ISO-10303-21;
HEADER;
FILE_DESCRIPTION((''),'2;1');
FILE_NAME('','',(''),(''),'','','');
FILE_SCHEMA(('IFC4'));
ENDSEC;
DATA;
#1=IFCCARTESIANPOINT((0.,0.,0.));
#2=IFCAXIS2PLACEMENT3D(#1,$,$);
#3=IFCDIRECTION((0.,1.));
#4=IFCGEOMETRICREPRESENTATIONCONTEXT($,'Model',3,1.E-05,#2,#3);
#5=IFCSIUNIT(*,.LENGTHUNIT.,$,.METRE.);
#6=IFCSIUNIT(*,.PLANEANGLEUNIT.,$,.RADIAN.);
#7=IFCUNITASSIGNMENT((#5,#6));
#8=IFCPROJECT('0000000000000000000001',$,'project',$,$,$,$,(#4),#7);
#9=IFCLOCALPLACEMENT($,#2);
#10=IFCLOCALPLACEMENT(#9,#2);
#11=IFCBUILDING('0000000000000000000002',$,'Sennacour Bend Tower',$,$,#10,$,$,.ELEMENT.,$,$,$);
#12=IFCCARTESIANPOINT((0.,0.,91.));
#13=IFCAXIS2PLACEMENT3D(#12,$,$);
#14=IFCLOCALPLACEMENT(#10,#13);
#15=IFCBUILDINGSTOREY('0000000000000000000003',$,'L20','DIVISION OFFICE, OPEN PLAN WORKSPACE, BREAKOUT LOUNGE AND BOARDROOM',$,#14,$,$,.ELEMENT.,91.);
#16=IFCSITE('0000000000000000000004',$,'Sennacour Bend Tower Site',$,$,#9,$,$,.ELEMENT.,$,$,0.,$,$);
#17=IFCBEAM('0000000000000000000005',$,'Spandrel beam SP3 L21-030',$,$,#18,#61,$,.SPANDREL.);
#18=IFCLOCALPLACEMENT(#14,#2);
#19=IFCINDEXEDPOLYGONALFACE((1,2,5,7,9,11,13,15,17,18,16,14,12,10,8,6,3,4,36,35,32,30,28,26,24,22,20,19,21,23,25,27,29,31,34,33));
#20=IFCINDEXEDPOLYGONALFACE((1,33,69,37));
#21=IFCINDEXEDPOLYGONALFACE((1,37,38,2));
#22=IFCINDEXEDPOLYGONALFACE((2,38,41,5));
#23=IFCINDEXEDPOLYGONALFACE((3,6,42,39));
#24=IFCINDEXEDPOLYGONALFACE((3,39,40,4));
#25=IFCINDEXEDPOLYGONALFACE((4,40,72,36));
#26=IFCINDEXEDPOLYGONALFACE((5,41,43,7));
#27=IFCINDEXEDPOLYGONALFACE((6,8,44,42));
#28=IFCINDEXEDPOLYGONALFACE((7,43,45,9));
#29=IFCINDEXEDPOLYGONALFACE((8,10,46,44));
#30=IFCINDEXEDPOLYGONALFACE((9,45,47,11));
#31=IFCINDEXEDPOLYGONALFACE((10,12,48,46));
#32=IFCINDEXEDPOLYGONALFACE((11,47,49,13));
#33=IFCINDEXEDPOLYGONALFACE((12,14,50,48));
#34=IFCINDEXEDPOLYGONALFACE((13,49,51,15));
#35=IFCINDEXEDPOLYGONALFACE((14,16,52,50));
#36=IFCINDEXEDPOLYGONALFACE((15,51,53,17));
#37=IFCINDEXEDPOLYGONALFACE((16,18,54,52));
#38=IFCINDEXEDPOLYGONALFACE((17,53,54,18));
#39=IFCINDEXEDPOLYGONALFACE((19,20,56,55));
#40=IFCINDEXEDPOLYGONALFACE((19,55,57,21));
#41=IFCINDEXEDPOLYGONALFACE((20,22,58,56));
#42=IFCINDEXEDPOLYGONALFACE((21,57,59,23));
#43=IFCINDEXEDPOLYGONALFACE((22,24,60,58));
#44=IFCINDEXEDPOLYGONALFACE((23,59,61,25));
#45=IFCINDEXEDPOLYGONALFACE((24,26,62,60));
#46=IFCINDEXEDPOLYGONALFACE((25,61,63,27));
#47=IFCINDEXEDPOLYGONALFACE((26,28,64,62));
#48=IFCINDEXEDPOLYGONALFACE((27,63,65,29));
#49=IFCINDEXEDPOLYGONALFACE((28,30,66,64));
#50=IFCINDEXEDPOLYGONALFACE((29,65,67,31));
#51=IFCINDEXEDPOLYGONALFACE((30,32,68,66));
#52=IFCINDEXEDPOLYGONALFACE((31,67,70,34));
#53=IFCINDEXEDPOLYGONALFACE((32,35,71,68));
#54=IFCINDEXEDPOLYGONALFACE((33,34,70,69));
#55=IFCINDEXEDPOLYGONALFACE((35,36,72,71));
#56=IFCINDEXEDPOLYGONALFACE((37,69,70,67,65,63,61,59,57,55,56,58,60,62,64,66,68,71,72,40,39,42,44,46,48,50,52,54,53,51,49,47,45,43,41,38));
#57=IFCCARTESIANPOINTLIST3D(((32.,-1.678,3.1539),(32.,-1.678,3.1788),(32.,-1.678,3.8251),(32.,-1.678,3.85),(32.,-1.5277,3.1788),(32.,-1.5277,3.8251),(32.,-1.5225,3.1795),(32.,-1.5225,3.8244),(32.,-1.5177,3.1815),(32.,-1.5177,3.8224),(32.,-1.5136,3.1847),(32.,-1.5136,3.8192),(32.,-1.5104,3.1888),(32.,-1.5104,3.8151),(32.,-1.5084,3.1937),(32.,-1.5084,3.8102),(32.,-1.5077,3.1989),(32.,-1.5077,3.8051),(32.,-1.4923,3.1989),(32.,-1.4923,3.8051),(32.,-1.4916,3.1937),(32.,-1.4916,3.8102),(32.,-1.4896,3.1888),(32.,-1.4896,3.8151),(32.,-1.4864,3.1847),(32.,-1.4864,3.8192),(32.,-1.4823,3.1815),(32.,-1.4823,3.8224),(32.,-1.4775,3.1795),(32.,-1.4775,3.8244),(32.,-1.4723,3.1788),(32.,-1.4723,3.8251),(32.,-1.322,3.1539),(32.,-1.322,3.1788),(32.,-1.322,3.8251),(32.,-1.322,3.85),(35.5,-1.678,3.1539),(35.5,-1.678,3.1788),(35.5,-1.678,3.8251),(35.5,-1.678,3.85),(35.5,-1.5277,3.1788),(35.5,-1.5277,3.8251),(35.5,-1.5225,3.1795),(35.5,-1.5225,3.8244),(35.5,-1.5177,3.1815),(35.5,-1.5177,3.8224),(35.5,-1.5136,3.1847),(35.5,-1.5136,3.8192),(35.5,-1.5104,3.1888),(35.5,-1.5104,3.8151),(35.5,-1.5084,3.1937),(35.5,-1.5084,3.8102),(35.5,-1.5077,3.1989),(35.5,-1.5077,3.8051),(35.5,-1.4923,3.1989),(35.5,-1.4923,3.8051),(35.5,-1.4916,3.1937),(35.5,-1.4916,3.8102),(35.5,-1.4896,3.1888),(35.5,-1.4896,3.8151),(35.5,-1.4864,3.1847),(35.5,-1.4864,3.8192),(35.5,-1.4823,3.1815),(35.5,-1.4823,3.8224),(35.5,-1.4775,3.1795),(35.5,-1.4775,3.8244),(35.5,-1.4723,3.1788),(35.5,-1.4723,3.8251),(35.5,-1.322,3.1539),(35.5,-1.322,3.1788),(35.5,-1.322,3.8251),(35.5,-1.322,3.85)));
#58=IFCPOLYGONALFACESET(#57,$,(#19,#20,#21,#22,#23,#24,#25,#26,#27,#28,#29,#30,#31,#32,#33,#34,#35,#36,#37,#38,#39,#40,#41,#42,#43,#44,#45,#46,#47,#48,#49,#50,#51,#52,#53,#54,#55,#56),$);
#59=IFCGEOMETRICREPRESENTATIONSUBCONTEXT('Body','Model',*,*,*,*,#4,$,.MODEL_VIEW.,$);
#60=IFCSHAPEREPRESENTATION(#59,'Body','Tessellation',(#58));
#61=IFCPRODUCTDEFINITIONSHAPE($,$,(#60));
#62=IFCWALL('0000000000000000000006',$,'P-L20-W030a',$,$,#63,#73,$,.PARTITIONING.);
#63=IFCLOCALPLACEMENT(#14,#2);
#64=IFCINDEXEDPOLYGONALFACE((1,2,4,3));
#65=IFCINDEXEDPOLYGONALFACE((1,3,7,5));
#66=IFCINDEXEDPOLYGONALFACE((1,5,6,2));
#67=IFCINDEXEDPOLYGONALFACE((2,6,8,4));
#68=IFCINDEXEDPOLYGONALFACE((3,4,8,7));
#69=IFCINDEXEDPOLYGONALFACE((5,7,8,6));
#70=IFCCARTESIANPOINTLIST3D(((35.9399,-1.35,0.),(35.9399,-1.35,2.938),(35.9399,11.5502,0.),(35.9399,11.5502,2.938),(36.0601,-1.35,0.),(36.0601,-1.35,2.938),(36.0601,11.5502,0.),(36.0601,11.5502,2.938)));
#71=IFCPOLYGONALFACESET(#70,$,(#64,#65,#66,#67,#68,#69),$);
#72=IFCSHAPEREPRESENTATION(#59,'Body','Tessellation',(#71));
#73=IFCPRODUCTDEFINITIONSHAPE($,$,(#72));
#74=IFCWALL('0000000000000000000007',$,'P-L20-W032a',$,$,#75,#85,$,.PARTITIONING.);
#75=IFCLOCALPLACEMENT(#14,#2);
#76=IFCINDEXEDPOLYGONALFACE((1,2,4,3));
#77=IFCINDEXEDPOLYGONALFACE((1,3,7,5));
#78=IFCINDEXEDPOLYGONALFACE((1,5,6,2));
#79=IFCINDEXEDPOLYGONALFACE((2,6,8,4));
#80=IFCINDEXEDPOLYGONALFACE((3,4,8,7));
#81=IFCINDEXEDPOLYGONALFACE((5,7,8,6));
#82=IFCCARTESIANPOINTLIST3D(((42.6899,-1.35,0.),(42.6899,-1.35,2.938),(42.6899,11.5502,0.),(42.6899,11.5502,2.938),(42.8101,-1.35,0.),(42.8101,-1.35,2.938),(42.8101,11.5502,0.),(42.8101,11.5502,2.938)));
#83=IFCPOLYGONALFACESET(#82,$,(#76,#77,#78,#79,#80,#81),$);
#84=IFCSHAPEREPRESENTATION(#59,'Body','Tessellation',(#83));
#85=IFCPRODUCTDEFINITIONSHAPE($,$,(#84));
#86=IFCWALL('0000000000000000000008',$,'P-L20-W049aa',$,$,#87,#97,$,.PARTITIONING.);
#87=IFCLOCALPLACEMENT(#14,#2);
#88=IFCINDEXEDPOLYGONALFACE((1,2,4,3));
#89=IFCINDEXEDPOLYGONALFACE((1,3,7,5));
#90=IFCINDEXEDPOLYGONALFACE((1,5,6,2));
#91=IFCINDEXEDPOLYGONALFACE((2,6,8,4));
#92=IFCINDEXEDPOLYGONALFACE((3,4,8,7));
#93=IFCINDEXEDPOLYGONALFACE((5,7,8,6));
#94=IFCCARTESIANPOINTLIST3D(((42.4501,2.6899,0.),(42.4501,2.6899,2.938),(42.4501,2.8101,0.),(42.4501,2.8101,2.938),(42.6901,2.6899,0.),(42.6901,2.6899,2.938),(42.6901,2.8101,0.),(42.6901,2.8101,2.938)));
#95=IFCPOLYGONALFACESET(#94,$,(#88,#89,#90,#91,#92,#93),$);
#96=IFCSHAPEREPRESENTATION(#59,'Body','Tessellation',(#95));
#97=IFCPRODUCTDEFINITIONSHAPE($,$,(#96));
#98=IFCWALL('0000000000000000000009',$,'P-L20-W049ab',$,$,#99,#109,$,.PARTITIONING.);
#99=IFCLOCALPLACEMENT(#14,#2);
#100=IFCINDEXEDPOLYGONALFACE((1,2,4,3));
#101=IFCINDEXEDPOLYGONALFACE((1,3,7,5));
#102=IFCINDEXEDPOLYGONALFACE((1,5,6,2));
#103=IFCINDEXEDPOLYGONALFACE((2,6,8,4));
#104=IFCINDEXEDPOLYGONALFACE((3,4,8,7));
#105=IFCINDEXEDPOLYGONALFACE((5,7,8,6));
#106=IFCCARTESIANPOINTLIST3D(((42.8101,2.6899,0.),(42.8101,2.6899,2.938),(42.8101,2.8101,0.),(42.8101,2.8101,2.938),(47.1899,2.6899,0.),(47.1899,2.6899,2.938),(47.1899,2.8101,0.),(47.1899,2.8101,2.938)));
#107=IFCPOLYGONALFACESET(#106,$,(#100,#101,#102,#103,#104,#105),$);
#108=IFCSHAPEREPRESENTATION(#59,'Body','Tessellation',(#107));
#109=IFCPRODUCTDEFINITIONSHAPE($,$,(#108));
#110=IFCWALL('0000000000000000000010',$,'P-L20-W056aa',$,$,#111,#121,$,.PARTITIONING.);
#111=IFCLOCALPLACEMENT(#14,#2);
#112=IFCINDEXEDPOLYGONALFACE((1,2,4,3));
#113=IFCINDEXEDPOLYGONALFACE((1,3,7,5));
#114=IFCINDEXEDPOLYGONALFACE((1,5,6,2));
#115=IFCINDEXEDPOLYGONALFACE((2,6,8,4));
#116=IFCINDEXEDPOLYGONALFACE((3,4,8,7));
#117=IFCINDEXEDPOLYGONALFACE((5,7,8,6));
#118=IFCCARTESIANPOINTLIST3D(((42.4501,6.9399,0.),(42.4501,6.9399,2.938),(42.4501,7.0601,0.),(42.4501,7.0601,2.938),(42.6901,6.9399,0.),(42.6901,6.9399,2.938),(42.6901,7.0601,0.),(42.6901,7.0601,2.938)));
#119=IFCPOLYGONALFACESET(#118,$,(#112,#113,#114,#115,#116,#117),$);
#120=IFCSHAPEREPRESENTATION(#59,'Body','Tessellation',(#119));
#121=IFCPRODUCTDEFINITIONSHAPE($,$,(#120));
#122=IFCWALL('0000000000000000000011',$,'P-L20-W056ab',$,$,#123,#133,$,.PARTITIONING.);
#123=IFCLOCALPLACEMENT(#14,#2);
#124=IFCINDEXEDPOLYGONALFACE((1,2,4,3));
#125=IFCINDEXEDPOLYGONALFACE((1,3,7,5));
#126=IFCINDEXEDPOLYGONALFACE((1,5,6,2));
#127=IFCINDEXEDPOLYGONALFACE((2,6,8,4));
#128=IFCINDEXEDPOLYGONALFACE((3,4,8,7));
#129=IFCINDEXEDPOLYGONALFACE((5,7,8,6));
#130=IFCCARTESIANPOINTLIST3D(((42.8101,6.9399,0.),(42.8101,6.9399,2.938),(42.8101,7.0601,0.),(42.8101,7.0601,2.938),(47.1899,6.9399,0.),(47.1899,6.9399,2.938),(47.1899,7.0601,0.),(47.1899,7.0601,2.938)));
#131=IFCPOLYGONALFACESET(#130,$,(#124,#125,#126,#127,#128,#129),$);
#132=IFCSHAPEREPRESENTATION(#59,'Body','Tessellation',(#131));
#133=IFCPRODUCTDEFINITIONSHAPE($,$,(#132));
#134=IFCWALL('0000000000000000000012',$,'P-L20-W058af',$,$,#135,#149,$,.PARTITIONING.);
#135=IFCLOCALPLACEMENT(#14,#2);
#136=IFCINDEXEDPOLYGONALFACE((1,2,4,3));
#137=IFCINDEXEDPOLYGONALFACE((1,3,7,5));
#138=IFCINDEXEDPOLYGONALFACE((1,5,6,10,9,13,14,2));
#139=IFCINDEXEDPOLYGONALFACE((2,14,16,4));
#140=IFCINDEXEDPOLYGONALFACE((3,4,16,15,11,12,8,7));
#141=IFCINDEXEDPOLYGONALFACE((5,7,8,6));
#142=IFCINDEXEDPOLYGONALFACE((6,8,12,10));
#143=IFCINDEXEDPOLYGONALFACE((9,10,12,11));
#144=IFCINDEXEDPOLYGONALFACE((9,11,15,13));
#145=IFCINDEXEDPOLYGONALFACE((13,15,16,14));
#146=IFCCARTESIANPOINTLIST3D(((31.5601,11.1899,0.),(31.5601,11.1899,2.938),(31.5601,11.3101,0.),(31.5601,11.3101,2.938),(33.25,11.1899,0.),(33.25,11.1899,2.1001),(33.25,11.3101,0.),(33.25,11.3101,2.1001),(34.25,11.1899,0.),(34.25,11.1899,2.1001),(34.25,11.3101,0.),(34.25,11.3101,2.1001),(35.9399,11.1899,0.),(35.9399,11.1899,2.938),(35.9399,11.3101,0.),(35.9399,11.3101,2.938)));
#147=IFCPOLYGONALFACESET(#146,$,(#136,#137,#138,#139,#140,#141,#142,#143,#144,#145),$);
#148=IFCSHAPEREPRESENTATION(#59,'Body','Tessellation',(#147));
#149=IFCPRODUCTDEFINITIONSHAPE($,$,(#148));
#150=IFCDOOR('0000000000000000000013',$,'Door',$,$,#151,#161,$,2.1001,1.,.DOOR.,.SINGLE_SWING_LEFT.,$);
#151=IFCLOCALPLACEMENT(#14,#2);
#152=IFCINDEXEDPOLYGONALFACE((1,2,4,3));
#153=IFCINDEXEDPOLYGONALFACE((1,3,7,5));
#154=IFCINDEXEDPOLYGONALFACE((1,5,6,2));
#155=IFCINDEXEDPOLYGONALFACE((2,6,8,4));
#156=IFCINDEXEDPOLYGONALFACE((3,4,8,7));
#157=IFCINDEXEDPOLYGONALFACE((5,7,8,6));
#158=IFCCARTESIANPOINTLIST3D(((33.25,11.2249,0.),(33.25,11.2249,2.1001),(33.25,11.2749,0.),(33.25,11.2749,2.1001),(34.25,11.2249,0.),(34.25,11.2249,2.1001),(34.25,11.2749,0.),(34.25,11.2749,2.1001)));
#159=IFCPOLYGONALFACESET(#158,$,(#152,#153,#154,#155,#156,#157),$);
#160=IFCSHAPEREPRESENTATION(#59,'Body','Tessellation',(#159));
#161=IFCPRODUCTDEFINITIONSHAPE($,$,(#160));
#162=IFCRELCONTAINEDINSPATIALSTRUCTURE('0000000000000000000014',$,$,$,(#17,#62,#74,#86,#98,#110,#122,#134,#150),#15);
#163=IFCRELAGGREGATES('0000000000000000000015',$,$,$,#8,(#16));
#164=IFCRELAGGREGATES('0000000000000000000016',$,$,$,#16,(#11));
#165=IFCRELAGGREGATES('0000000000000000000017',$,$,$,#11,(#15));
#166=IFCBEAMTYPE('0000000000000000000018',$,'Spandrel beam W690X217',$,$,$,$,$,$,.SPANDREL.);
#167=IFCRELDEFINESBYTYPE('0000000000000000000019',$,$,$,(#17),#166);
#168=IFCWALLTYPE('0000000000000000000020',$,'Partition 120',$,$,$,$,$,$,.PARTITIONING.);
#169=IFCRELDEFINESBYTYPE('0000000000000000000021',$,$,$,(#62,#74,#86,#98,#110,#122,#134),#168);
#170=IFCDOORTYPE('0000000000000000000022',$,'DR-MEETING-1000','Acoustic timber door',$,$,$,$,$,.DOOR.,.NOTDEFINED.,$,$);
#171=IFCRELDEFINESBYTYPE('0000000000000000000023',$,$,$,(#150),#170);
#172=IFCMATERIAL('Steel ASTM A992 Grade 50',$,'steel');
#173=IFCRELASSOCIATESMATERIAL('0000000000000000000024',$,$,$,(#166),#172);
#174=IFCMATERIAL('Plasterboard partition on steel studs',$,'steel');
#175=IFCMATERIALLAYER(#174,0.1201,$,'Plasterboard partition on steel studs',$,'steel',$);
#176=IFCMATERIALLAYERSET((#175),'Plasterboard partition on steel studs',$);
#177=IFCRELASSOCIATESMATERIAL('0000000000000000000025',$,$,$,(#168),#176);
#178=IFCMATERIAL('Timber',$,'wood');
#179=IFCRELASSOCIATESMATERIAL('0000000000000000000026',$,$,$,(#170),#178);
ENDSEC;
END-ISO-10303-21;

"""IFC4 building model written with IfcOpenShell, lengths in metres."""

from ifc_helpers import new_model, si_unit, direction, frame, frame_2d, origin, origin_2d, place, context, subcontext, project, spatial, rectangle, i_section, extrude, material, layer, layer_set, material_profile, profile_set, type_object, element, fill, save


model = new_model("IFC4")

# Units and contexts
model_context = context("Model", 3, precision=1e-05, world=origin(), true_north=direction((0.0, 1.0)))
body_context = subcontext(model_context, "Body", "Model", "MODEL_VIEW")
ifc_project = project(units=[si_unit("LENGTHUNIT", "METRE"), si_unit("PLANEANGLEUNIT", "RADIAN")], contexts=[model_context])

# Site, building, storey
site_placement = place(None, origin())
site = spatial("IfcSite", under=ifc_project, at=site_placement, Name="Sennacour Bend Tower Site", CompositionType="ELEMENT", RefElevation=0.0)
building_placement = place(site_placement, origin())
building = spatial("IfcBuilding", under=site, at=building_placement, Name="Sennacour Bend Tower", CompositionType="ELEMENT")
storey_placement = place(building_placement, frame((0.0, 0.0, 91.0)))
storey = spatial("IfcBuildingStorey", under=building, at=storey_placement, Name="L20", Description="DIVISION OFFICE, OPEN PLAN WORKSPACE, BREAKOUT LOUNGE AND BOARDROOM", CompositionType="ELEMENT", Elevation=91.0)

# Beam
ifc_material_1 = material(Name="Steel ASTM A992 Grade 50", Category="steel")
ifc_material_profile_1 = material_profile(ifc_material_1, i_section(OverallWidth=0.356, OverallDepth=0.696, WebThickness=0.0154, FlangeThickness=0.0249, FilletRadius=0.02, at=origin_2d()), Name="Steel ASTM A992 Grade 50", Category="steel")
ifc_profile_set_1 = profile_set([ifc_material_profile_1], Name="Steel ASTM A992 Grade 50")
beam_type_1 = type_object("IfcBeamType", Name="Spandrel beam W690X217", PredefinedType="SPANDREL", material=ifc_profile_set_1)
for number, where, z_axis, x_axis, name in (
    (1, (35.5, -1.5, 3.502), (-1.0, 0.0, 0.0), (0.0, -1.0, 0.0), "Spandrel beam SP3 L21-030"),
):
    element("IfcBeam", number, at=place(storey_placement, frame(where, z_axis=z_axis, x_axis=x_axis)), inside=storey, type_object=beam_type_1, Name=name, PredefinedType="SPANDREL", context=body_context, shape_type="SweptSolid", body=[
        extrude(i_section(OverallWidth=0.356, OverallDepth=0.696, WebThickness=0.0154, FlangeThickness=0.0249, FilletRadius=0.02, at=origin_2d()), origin(), (0.0, 0.0, 1.0), 3.5),
    ])

# Walls
ifc_material_2 = material(Name="Plasterboard partition on steel studs", Category="steel")
ifc_layer_1 = layer(ifc_material_2, 0.1201, Name="Plasterboard partition on steel studs", Category="steel")
ifc_layer_set_1 = layer_set([ifc_layer_1], Name="Plasterboard partition on steel studs")
wall_type_1 = type_object("IfcWallType", Name="Partition 120", PredefinedType="PARTITIONING", material=ifc_layer_set_1)
for number, where, z_axis, x_axis, name in (
    (2, (36.0, -1.3501, 0.0), (0.0, 0.0, 1.0), (0.0, 1.0, 0.0), "P-L20-W030a"),
    (3, (42.75, -1.3501, 0.0), (0.0, 0.0, 1.0), (0.0, 1.0, 0.0), "P-L20-W032a"),
):
    element("IfcWall", number, at=place(storey_placement, frame(where, z_axis=z_axis, x_axis=x_axis)), inside=storey, type_object=wall_type_1, Name=name, PredefinedType="PARTITIONING", context=body_context, shape_type="SweptSolid", body=[
        extrude(rectangle(XDim=12.9001, YDim=0.1201, at=frame_2d((6.4502, 0.0))), origin(), (0.0, 0.0, 1.0), 2.938),
    ])
wall_1_placement = place(storey_placement, frame((42.45, 2.75, 0.0), z_axis=(0.0, 0.0, 1.0), x_axis=(1.0, 0.0, 0.0)))
element("IfcWall", 4, at=wall_1_placement, inside=storey, type_object=wall_type_1, Name="P-L20-W049aa", PredefinedType="PARTITIONING", context=body_context, shape_type="SweptSolid", body=[
    extrude(rectangle(XDim=0.24, YDim=0.1201, at=frame_2d((0.1201, 0.0))), origin(), (0.0, 0.0, 1.0), 2.938),
])
wall_2_placement = place(storey_placement, frame((42.8101, 2.75, 0.0), z_axis=(0.0, 0.0, 1.0), x_axis=(1.0, 0.0, 0.0)))
element("IfcWall", 5, at=wall_2_placement, inside=storey, type_object=wall_type_1, Name="P-L20-W049ab", PredefinedType="PARTITIONING", context=body_context, shape_type="SweptSolid", body=[
    extrude(rectangle(XDim=4.3799, YDim=0.1201, at=frame_2d((2.1899, 0.0))), origin(), (0.0, 0.0, 1.0), 2.938),
])
wall_3_placement = place(storey_placement, frame((42.45, 7.0, 0.0), z_axis=(0.0, 0.0, 1.0), x_axis=(1.0, 0.0, 0.0)))
element("IfcWall", 6, at=wall_3_placement, inside=storey, type_object=wall_type_1, Name="P-L20-W056aa", PredefinedType="PARTITIONING", context=body_context, shape_type="SweptSolid", body=[
    extrude(rectangle(XDim=0.24, YDim=0.1201, at=frame_2d((0.1201, 0.0))), origin(), (0.0, 0.0, 1.0), 2.938),
])
wall_4_placement = place(storey_placement, frame((42.8101, 7.0, 0.0), z_axis=(0.0, 0.0, 1.0), x_axis=(1.0, 0.0, 0.0)))
element("IfcWall", 7, at=wall_4_placement, inside=storey, type_object=wall_type_1, Name="P-L20-W056ab", PredefinedType="PARTITIONING", context=body_context, shape_type="SweptSolid", body=[
    extrude(rectangle(XDim=4.3799, YDim=0.1201, at=frame_2d((2.1899, 0.0))), origin(), (0.0, 0.0, 1.0), 2.938),
])

# Wall, opening, door
wall_5_placement = place(storey_placement, frame((31.5601, 11.25, 0.0), z_axis=(0.0, 0.0, 1.0), x_axis=(1.0, 0.0, 0.0)))
wall_5 = element("IfcWall", 8, at=wall_5_placement, inside=storey, type_object=wall_type_1, Name="P-L20-W058af", PredefinedType="PARTITIONING", context=body_context, shape_type="SweptSolid", body=[
    extrude(rectangle(XDim=4.3799, YDim=0.1201, at=frame_2d((2.1899, 0.0))), origin(), (0.0, 0.0, 1.0), 2.938),
])
opening_1_placement = place(wall_5_placement, frame((1.6899, 0.0, 0.0)))
opening_1 = element("IfcOpeningElement", 9, at=opening_1_placement, cuts=wall_5, PredefinedType="OPENING", context=body_context, shape_type="SweptSolid", body=[
    extrude(rectangle(XDim=1.0, YDim=2.1001, at=frame_2d((0.5, 1.05))), frame((0.0, 0.0701, 0.0), z_axis=(0.0, -1.0, 0.0), x_axis=(1.0, 0.0, 0.0)), (0.0, 0.0, 1.0), 0.1401),
])
ifc_material_3 = material(Name="Timber", Category="wood")
door_type = type_object("IfcDoorType", Name="DR-MEETING-1000", Description="Acoustic timber door", OperationType="NOTDEFINED", PredefinedType="DOOR", material=ifc_material_3)
door_placement = place(opening_1_placement, origin())
door = element("IfcDoor", 10, at=door_placement, inside=storey, type_object=door_type, Name="Door", OperationType="SINGLE_SWING_LEFT", OverallHeight=2.1001, OverallWidth=1.0, PredefinedType="DOOR", context=body_context, shape_type="SweptSolid", body=[
    extrude(rectangle(XDim=1.0, YDim=2.1001, at=frame_2d((0.5, 1.05))), frame((0.0, 0.0249, 0.0), z_axis=(0.0, -1.0, 0.0), x_axis=(1.0, 0.0, 0.0)), (0.0, 0.0, 1.0), 0.05),
])
fill(opening_1, door)

save(model, "model.ifc")
